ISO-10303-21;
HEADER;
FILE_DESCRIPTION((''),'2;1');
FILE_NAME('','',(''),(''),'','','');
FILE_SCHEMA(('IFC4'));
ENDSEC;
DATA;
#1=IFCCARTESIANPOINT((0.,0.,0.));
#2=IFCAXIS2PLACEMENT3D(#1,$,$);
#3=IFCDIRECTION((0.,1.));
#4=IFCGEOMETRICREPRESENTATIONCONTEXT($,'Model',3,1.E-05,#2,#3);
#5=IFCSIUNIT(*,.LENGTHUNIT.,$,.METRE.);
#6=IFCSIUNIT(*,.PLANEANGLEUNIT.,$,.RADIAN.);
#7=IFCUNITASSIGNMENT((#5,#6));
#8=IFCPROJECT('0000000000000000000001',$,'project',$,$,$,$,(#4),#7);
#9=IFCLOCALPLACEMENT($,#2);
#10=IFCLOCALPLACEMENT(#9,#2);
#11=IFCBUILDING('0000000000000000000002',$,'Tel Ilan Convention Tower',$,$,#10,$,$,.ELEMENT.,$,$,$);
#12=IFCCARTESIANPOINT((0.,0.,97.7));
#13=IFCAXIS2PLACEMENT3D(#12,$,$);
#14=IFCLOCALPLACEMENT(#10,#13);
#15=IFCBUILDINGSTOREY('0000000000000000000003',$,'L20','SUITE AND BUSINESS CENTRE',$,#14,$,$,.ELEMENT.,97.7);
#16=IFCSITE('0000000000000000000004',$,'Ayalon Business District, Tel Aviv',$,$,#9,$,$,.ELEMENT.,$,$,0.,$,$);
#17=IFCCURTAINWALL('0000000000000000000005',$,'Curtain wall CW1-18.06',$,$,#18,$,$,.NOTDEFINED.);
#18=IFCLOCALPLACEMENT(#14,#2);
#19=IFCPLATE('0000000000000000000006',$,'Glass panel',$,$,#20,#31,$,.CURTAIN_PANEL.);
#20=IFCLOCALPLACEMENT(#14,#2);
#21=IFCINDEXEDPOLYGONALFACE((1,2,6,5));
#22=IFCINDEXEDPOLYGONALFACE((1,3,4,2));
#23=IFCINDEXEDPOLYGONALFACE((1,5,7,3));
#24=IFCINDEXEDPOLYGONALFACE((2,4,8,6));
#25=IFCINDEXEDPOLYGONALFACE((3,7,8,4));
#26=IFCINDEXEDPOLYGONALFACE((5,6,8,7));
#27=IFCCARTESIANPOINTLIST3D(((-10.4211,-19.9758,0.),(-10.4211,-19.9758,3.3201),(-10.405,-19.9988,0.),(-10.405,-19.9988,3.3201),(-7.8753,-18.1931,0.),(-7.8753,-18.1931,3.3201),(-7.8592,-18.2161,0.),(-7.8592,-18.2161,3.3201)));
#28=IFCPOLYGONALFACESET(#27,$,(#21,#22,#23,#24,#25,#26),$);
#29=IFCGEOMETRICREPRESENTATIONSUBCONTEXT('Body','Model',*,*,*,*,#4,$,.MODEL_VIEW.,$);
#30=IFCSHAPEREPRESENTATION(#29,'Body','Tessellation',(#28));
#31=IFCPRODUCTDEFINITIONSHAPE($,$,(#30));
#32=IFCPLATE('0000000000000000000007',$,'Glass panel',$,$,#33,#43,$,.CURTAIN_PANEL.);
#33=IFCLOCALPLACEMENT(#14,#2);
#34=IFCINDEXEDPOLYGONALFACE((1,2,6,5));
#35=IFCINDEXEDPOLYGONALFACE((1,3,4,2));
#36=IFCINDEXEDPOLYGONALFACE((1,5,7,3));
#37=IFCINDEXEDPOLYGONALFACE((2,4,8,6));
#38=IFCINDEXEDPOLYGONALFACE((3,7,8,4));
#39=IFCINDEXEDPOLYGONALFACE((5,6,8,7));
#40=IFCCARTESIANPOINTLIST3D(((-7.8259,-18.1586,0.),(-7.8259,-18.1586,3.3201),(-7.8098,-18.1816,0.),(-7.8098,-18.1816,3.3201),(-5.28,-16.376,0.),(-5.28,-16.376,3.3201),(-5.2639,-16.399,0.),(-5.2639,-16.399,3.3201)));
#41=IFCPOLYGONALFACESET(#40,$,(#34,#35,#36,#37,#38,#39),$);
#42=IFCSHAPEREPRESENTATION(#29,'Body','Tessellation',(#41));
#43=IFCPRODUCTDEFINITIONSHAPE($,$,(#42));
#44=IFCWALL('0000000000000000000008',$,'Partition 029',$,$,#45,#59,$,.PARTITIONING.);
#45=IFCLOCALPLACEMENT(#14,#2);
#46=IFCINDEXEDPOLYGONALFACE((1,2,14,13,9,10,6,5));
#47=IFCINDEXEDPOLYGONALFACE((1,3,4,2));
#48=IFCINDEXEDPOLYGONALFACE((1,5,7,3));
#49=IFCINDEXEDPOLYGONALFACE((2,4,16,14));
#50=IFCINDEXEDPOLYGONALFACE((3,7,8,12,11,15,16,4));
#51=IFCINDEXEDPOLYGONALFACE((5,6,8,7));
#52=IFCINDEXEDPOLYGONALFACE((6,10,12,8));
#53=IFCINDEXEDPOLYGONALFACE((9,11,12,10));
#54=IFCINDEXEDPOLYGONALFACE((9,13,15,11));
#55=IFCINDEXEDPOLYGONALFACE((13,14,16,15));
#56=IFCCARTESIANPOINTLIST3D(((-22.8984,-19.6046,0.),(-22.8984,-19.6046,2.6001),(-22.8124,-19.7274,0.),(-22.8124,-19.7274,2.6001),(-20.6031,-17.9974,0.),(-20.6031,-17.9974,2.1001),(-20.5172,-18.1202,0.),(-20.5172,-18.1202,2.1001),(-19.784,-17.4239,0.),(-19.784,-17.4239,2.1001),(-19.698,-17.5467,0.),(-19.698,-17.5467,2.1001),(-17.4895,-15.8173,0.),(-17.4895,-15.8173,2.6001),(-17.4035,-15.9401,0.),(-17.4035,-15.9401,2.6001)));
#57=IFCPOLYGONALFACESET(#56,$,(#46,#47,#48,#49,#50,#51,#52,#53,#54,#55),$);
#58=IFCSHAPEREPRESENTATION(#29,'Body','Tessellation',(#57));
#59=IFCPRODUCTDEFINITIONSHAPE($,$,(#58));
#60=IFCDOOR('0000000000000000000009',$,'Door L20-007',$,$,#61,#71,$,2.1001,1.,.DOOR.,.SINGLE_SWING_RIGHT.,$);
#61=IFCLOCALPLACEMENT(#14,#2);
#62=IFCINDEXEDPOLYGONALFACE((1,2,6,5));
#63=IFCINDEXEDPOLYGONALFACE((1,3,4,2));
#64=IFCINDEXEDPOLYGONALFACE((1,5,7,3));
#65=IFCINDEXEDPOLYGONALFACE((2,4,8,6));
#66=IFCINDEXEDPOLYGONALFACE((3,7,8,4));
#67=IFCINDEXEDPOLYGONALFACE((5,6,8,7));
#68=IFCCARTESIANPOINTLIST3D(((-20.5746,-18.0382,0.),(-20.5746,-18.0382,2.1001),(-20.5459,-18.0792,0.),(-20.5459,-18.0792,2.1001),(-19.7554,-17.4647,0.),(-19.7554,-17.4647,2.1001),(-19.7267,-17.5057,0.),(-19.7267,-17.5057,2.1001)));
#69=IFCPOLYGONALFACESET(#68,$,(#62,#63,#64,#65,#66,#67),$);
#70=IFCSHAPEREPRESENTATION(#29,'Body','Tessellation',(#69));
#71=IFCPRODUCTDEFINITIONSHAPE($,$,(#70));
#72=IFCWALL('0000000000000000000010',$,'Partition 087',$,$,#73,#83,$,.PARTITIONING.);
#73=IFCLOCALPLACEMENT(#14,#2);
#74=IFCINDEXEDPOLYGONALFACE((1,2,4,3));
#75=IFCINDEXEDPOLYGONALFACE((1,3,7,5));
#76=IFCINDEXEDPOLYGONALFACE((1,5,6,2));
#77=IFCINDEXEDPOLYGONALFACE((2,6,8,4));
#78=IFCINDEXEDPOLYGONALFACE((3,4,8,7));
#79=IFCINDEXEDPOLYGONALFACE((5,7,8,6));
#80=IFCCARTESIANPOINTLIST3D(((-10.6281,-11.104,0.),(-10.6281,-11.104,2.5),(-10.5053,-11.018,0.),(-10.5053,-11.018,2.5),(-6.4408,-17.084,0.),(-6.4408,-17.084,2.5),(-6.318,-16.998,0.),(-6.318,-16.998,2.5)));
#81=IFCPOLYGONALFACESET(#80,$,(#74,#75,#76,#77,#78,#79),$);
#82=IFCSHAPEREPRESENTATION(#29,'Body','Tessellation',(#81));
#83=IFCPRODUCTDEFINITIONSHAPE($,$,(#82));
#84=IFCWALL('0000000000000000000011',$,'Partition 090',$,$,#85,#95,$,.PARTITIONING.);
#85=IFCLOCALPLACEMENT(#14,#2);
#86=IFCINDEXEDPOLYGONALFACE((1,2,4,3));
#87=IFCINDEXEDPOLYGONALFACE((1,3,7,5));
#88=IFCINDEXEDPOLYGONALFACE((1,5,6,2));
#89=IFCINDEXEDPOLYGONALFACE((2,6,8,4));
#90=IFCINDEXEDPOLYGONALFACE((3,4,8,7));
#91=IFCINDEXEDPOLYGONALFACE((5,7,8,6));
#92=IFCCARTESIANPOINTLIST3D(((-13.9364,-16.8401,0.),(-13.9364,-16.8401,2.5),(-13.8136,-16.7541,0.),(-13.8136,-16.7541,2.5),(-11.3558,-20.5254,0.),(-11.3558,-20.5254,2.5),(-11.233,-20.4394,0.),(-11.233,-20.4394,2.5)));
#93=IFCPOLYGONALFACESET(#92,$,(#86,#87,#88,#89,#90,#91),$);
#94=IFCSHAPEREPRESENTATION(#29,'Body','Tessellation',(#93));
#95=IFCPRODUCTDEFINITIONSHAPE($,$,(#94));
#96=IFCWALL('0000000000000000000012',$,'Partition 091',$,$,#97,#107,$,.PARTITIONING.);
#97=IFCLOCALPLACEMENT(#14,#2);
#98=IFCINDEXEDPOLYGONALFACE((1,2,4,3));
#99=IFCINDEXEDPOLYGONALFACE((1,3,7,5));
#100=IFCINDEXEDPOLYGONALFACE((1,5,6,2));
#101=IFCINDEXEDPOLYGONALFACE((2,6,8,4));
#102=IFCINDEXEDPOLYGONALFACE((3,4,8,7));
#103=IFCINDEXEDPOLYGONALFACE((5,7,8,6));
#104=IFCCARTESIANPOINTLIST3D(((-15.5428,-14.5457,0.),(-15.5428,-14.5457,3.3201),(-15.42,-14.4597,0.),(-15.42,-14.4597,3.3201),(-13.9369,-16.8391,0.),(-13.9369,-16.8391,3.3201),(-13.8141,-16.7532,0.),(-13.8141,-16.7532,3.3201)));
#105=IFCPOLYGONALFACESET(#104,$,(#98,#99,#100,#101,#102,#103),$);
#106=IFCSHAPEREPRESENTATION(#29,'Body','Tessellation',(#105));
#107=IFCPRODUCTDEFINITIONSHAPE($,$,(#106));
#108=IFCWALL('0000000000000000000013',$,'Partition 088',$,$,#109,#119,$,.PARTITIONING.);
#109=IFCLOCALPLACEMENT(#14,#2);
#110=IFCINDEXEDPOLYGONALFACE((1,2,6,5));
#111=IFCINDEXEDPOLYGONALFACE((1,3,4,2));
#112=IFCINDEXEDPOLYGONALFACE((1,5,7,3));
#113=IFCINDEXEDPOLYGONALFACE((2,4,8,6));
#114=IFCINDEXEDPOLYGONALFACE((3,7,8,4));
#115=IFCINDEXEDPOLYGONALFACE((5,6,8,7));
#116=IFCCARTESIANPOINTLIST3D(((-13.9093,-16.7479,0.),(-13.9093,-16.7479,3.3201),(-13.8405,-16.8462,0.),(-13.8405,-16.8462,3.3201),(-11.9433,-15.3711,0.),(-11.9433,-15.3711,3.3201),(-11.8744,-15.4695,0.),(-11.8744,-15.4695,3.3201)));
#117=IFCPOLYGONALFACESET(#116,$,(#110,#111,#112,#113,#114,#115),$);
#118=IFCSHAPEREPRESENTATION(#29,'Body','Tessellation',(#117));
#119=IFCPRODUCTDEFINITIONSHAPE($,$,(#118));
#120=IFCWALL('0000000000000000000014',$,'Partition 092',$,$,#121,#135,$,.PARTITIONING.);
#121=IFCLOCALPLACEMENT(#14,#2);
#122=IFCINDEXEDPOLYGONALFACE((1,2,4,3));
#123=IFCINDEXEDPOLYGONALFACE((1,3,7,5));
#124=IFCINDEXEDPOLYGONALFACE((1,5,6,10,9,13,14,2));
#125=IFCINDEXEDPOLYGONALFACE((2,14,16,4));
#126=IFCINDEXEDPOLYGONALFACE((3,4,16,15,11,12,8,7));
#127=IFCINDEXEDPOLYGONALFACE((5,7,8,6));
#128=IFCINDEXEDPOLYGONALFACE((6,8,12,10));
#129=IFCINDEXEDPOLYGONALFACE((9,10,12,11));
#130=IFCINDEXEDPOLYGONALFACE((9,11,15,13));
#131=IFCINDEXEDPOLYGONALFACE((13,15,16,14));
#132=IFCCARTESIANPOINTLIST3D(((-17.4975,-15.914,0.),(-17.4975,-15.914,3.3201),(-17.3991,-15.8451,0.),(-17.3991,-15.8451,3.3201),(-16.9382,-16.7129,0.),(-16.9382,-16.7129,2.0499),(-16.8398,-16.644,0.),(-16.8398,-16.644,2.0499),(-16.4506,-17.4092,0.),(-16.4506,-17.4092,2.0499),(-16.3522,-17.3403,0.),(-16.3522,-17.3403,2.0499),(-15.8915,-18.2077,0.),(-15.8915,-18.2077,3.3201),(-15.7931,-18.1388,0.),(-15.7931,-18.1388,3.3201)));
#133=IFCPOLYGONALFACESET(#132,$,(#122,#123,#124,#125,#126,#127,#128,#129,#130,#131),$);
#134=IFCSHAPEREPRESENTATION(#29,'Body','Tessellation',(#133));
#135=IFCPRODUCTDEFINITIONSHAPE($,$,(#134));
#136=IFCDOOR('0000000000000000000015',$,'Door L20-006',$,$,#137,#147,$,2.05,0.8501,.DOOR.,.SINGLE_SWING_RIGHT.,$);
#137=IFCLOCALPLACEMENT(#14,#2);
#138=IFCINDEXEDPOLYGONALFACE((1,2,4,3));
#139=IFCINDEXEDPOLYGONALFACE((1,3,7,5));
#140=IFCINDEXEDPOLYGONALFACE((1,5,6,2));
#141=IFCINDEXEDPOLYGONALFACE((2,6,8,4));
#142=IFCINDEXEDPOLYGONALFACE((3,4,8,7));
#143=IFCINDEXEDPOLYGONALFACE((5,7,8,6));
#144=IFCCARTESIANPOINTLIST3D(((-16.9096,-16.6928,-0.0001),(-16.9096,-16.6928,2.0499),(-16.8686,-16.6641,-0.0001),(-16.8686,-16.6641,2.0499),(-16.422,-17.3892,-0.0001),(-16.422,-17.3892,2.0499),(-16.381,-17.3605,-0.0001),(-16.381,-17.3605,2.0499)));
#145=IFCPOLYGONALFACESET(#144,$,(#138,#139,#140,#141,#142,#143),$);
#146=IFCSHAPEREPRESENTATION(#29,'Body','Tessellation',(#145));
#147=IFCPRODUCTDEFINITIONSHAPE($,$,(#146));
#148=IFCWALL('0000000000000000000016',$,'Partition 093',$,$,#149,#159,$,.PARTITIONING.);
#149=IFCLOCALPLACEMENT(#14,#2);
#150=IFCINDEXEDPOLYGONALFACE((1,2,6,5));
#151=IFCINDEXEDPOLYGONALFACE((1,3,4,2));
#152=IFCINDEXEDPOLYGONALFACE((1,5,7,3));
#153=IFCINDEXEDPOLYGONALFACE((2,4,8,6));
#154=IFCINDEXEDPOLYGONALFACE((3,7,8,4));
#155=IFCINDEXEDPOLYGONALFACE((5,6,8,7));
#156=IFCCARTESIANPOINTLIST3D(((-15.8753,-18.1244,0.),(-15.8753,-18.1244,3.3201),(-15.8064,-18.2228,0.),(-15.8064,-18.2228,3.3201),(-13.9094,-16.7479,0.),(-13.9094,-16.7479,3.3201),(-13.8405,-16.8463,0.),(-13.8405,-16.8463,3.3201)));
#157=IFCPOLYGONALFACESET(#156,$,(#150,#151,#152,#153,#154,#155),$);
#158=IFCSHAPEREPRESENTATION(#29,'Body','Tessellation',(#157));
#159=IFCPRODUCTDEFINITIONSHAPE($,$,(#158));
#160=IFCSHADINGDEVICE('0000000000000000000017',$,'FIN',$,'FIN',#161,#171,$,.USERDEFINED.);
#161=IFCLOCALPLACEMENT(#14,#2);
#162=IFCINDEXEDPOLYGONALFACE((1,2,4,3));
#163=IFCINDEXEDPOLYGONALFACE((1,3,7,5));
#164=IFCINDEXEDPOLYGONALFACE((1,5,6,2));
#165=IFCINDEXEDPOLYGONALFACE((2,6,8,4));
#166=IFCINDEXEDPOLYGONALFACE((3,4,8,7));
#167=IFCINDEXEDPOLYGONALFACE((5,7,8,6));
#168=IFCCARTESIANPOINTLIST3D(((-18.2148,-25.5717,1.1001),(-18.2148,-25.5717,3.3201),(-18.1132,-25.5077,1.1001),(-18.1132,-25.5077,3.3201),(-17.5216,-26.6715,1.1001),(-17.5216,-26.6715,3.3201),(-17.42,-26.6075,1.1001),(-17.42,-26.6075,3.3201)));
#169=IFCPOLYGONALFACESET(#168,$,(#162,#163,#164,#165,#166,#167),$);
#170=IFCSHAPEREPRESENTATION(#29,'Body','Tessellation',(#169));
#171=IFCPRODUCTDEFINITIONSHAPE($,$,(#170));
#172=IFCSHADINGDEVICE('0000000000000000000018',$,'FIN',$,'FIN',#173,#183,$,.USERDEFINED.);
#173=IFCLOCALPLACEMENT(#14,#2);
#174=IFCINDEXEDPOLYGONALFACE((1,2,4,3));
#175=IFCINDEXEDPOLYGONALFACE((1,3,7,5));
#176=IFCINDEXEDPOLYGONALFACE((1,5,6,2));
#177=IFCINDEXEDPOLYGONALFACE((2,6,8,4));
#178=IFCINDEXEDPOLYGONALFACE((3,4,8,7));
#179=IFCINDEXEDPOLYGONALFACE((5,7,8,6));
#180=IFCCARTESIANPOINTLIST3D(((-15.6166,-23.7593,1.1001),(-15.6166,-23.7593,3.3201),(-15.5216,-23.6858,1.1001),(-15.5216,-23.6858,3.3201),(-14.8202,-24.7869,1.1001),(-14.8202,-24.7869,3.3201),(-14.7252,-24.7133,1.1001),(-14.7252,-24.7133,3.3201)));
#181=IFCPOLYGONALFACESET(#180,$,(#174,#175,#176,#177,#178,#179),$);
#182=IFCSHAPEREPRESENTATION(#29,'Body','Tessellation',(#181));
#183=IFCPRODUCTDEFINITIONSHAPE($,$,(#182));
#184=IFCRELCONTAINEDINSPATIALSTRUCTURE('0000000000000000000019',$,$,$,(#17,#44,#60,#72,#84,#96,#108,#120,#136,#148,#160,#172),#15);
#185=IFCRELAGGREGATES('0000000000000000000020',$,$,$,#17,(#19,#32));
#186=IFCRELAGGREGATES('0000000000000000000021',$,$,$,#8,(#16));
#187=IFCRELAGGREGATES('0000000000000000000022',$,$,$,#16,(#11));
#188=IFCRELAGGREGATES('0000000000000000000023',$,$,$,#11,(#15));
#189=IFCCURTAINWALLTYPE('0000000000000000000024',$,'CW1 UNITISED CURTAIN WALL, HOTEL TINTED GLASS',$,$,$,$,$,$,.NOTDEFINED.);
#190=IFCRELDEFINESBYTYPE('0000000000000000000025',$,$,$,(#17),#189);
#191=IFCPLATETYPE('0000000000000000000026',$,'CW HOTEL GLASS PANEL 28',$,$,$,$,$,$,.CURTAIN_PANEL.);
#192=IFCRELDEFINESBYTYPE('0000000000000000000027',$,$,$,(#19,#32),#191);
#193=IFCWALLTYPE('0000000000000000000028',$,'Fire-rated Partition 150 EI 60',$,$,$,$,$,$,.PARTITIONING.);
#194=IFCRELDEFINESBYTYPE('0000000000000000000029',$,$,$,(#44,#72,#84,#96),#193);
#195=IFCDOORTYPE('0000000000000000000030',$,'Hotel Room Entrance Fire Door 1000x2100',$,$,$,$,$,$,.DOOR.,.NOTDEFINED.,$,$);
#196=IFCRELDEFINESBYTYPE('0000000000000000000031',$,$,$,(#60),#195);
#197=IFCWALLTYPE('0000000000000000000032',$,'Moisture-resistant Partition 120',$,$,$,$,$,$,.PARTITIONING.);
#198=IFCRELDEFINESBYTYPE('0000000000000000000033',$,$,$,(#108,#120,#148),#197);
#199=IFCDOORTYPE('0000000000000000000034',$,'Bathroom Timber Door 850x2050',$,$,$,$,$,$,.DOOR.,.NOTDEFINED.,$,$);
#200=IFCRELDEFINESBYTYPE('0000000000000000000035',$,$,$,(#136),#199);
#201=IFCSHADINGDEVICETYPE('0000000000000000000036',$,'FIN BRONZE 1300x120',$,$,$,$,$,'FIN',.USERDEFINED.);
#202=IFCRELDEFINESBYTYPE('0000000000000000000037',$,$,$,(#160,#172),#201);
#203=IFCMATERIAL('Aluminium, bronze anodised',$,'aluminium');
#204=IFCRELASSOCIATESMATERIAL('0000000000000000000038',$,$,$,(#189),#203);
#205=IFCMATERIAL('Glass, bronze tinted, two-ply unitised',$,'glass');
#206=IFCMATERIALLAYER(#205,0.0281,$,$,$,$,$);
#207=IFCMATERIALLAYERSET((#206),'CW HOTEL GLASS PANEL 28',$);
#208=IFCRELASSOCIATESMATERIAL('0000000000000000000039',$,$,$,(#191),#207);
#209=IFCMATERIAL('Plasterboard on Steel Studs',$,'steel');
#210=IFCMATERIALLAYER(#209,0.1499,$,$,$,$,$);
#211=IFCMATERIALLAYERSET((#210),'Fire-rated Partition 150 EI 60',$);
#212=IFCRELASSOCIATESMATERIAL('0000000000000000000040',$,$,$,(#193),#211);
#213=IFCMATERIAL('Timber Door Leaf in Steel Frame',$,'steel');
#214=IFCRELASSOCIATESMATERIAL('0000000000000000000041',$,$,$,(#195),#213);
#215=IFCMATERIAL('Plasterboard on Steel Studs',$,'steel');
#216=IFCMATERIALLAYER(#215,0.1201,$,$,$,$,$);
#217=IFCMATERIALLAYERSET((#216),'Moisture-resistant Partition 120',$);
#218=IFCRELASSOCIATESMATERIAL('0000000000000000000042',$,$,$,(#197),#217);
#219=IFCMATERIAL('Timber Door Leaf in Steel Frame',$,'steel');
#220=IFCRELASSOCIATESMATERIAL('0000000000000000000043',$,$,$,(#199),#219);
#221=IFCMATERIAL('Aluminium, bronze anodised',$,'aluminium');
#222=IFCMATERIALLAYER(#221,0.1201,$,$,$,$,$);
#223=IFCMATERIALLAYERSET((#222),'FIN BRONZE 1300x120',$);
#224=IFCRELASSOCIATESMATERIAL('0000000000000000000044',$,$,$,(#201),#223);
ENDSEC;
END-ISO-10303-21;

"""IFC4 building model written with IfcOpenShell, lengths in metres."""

from ifc_helpers import new_model, si_unit, direction, frame, frame_2d, origin, origin_2d, place, context, subcontext, project, spatial, rectangle, extrude, material, layer, layer_set, type_object, element, fill, aggregate, save


model = new_model("IFC4")

# Units and contexts
model_context = context("Model", 3, precision=1e-05, world=origin(), true_north=direction((0.0, 1.0)))
body_context = subcontext(model_context, "Body", "Model", "MODEL_VIEW")
ifc_project = project(units=[si_unit("LENGTHUNIT", "METRE"), si_unit("PLANEANGLEUNIT", "RADIAN")], contexts=[model_context])

# Site, building, storey
site_placement = place(None, origin())
site = spatial("IfcSite", under=ifc_project, at=site_placement, Name="Ayalon Business District, Tel Aviv", CompositionType="ELEMENT", RefElevation=0.0)
building_placement = place(site_placement, origin())
building = spatial("IfcBuilding", under=site, at=building_placement, Name="Tel Ilan Convention Tower", CompositionType="ELEMENT")
storey_placement = place(building_placement, frame((0.0, 0.0, 97.7)))
storey = spatial("IfcBuildingStorey", under=building, at=storey_placement, Name="L20", Description="SUITE AND BUSINESS CENTRE", CompositionType="ELEMENT", Elevation=97.7)

# Curtain wall, plates
ifc_material_1 = material(Name="Aluminium, bronze anodised", Category="aluminium")
curtain_wall_type = type_object("IfcCurtainWallType", Name="CW1 UNITISED CURTAIN WALL, HOTEL TINTED GLASS", PredefinedType="NOTDEFINED", material=ifc_material_1)
curtain_wall_placement = place(storey_placement, origin())
curtain_wall = element("IfcCurtainWall", 1, at=curtain_wall_placement, inside=storey, type_object=curtain_wall_type, Name="Curtain wall CW1-18.06", PredefinedType="NOTDEFINED")
ifc_material_2 = material(Name="Glass, bronze tinted, two-ply unitised", Category="glass")
ifc_layer_1 = layer(ifc_material_2, 0.0281)
ifc_layer_set_1 = layer_set([ifc_layer_1], Name="CW HOTEL GLASS PANEL 28")
plate_type = type_object("IfcPlateType", Name="CW HOTEL GLASS PANEL 28", PredefinedType="CURTAIN_PANEL", material=ifc_layer_set_1)
plate_1_placement = place(storey_placement, frame((-9.1401, -19.0959, 0.0), z_axis=(0.0, 0.0, 1.0), x_axis=(0.819152, 0.573576, 0.0)))
plate_1 = element("IfcPlate", 2, at=plate_1_placement, type_object=plate_type, Name="Glass panel", PredefinedType="CURTAIN_PANEL", context=body_context, shape_type="SweptSolid", body=[
    extrude(rectangle(XDim=3.1079, YDim=0.0281, at=origin_2d()), origin(), (0.0, 0.0, 1.0), 3.3201),
])
plate_2_placement = place(storey_placement, frame((-6.5449, -17.2788, 0.0), z_axis=(0.0, 0.0, 1.0), x_axis=(0.819152, 0.573576, 0.0)))
plate_2 = element("IfcPlate", 3, at=plate_2_placement, type_object=plate_type, Name="Glass panel", PredefinedType="CURTAIN_PANEL", context=body_context, shape_type="SweptSolid", body=[
    extrude(rectangle(XDim=3.1079, YDim=0.0281, at=origin_2d()), origin(), (0.0, 0.0, 1.0), 3.3201),
])
aggregate(curtain_wall, [plate_1, plate_2])

# Wall, opening, door
ifc_material_3 = material(Name="Plasterboard on Steel Studs", Category="steel")
ifc_layer_2 = layer(ifc_material_3, 0.1499)
ifc_layer_set_2 = layer_set([ifc_layer_2], Name="Fire-rated Partition 150 EI 60")
wall_type_1 = type_object("IfcWallType", Name="Fire-rated Partition 150 EI 60", PredefinedType="PARTITIONING", material=ifc_layer_set_2)
wall_1_placement = place(storey_placement, frame((-17.4465, -15.8787, 0.0), z_axis=(0.0, 0.0, 1.0), x_axis=(-0.819154, -0.573574, 0.0)))
wall_1 = element("IfcWall", 4, at=wall_1_placement, inside=storey, type_object=wall_type_1, Name="Partition 029", PredefinedType="PARTITIONING", context=body_context, shape_type="SweptSolid", body=[
    extrude(rectangle(XDim=6.603, YDim=0.1499, at=frame_2d((3.3015, 0.0))), origin(), (0.0, 0.0, 1.0), 2.6001),
])
opening_1_placement = place(wall_1_placement, frame((2.801, 0.0, 0.0)))
opening_1 = element("IfcOpeningElement", 5, at=opening_1_placement, cuts=wall_1, PredefinedType="OPENING", context=body_context, shape_type="SweptSolid", body=[
    extrude(rectangle(XDim=1.0, YDim=2.1001, at=frame_2d((0.5, 1.05))), frame((0.0, 0.085, 0.0), z_axis=(0.0, -1.0, 0.0), x_axis=(1.0, 0.0, 0.0)), (0.0, 0.0, 1.0), 0.1699),
])
ifc_material_4 = material(Name="Timber Door Leaf in Steel Frame", Category="steel")
door_type_1 = type_object("IfcDoorType", Name="Hotel Room Entrance Fire Door 1000x2100", OperationType="NOTDEFINED", PredefinedType="DOOR", material=ifc_material_4)
door_1_placement = place(opening_1_placement, origin())
door_1 = element("IfcDoor", 6, at=door_1_placement, inside=storey, type_object=door_type_1, Name="Door L20-007", OperationType="SINGLE_SWING_RIGHT", OverallHeight=2.1001, OverallWidth=1.0, PredefinedType="DOOR", context=body_context, shape_type="SweptSolid", body=[
    extrude(rectangle(XDim=1.0, YDim=2.1001, at=frame_2d((0.5, 1.05))), frame((0.0, 0.0249, 0.0), z_axis=(0.0, -1.0, 0.0), x_axis=(1.0, 0.0, 0.0)), (0.0, 0.0, 1.0), 0.05),
])
fill(opening_1, door_1)

# Walls
wall_2_placement = place(storey_placement, frame((-6.3794, -17.041, 0.0), z_axis=(0.0, 0.0, 1.0), x_axis=(-0.573579, 0.81915, 0.0)))
element("IfcWall", 7, at=wall_2_placement, inside=storey, type_object=wall_type_1, Name="Partition 087", PredefinedType="PARTITIONING", context=body_context, shape_type="SweptSolid", body=[
    extrude(rectangle(XDim=7.3003, YDim=0.1499, at=frame_2d((3.6501, 0.0))), origin(), (0.0, 0.0, 1.0), 2.5),
])
wall_3_placement = place(storey_placement, frame((-11.2944, -20.4824, 0.0), z_axis=(0.0, 0.0, 1.0), x_axis=(-0.57359, 0.819143, 0.0)))
element("IfcWall", 8, at=wall_3_placement, inside=storey, type_object=wall_type_1, Name="Partition 090", PredefinedType="PARTITIONING", context=body_context, shape_type="SweptSolid", body=[
    extrude(rectangle(XDim=4.499, YDim=0.1499, at=frame_2d((2.2495, 0.0))), origin(), (0.0, 0.0, 1.0), 2.5),
])
wall_4_placement = place(storey_placement, frame((-13.8755, -16.7961, 0.0), z_axis=(0.0, 0.0, 1.0), x_axis=(-0.573591, 0.819142, 0.0)))
element("IfcWall", 9, at=wall_4_placement, inside=storey, type_object=wall_type_1, Name="Partition 091", PredefinedType="PARTITIONING", context=body_context, shape_type="SweptSolid", body=[
    extrude(rectangle(XDim=2.7998, YDim=0.1499, at=frame_2d((1.3999, 0.0))), origin(), (0.0, 0.0, 1.0), 3.3201),
])
ifc_material_5 = material(Name="Plasterboard on Steel Studs", Category="steel")
ifc_layer_3 = layer(ifc_material_5, 0.1201)
ifc_layer_set_3 = layer_set([ifc_layer_3], Name="Moisture-resistant Partition 120")
wall_type_2 = type_object("IfcWallType", Name="Moisture-resistant Partition 120", PredefinedType="PARTITIONING", material=ifc_layer_set_3)
wall_5_placement = place(storey_placement, frame((-13.875, -16.7971, 0.0), z_axis=(0.0, 0.0, 1.0), x_axis=(0.819141, 0.573592, 0.0)))
element("IfcWall", 10, at=wall_5_placement, inside=storey, type_object=wall_type_2, Name="Partition 088", PredefinedType="PARTITIONING", context=body_context, shape_type="SweptSolid", body=[
    extrude(rectangle(XDim=2.4001, YDim=0.1201, at=frame_2d((1.2002, 0.0))), origin(), (0.0, 0.0, 1.0), 3.3201),
])

# Wall, opening, door
wall_6_placement = place(storey_placement, frame((-17.4482, -15.8796, 0.0), z_axis=(0.0, 0.0, 1.0), x_axis=(0.57355, -0.81917, 0.0)))
wall_6 = element("IfcWall", 11, at=wall_6_placement, inside=storey, type_object=wall_type_2, Name="Partition 092", PredefinedType="PARTITIONING", context=body_context, shape_type="SweptSolid", body=[
    extrude(rectangle(XDim=2.8, YDim=0.1201, at=frame_2d((1.3999, 0.0))), origin(), (0.0, 0.0, 1.0), 3.3201),
])
opening_2_placement = place(wall_6_placement, frame((0.9751, 0.0, 0.0)))
opening_2 = element("IfcOpeningElement", 12, at=opening_2_placement, cuts=wall_6, PredefinedType="OPENING", context=body_context, shape_type="SweptSolid", body=[
    extrude(rectangle(XDim=0.8501, YDim=2.05, at=frame_2d((0.425, 1.0249))), frame((0.0, 0.0701, 0.0), z_axis=(0.0, -1.0, 0.0), x_axis=(1.0, 0.0, 0.0)), (0.0, 0.0, 1.0), 0.1401),
])
ifc_material_6 = material(Name="Timber Door Leaf in Steel Frame", Category="steel")
door_type_2 = type_object("IfcDoorType", Name="Bathroom Timber Door 850x2050", OperationType="NOTDEFINED", PredefinedType="DOOR", material=ifc_material_6)
door_2_placement = place(opening_2_placement, origin())
door_2 = element("IfcDoor", 13, at=door_2_placement, inside=storey, type_object=door_type_2, Name="Door L20-006", OperationType="SINGLE_SWING_RIGHT", OverallHeight=2.05, OverallWidth=0.8501, PredefinedType="DOOR", context=body_context, shape_type="SweptSolid", body=[
    extrude(rectangle(XDim=0.8501, YDim=2.05, at=frame_2d((0.425, 1.0249))), frame((0.0, 0.0249, 0.0), z_axis=(0.0, -1.0, 0.0), x_axis=(1.0, 0.0, 0.0)), (0.0, 0.0, 1.0), 0.05),
])
fill(opening_2, door_2)

# Wall
wall_7_placement = place(storey_placement, frame((-15.8408, -18.1736, 0.0), z_axis=(0.0, 0.0, 1.0), x_axis=(0.819155, 0.573572, 0.0)))
element("IfcWall", 14, at=wall_7_placement, inside=storey, type_object=wall_type_2, Name="Partition 093", PredefinedType="PARTITIONING", context=body_context, shape_type="SweptSolid", body=[
    extrude(rectangle(XDim=2.3999, YDim=0.1201, at=frame_2d((1.2, 0.0))), origin(), (0.0, 0.0, 1.0), 3.3201),
])

# Shading devices
ifc_material_7 = material(Name="Aluminium, bronze anodised", Category="aluminium")
ifc_layer_4 = layer(ifc_material_7, 0.1201)
ifc_layer_set_4 = layer_set([ifc_layer_4], Name="FIN BRONZE 1300x120")
shading_device_type = type_object("IfcShadingDeviceType", Name="FIN BRONZE 1300x120", ElementType="FIN", PredefinedType="USERDEFINED", material=ifc_layer_set_4)
for number, where, z_axis, x_axis, name in (
    (15, (-17.8174, -26.0896, 1.1001), (0.0, 0.0, 1.0), (0.533204, -0.845986, 0.0), "FIN"),
    (16, (-15.1709, -24.2363, 1.1001), (0.0, 0.0, 1.0), (0.612601, -0.790393, 0.0), "FIN"),
):
    element("IfcShadingDevice", number, at=place(storey_placement, frame(where, z_axis=z_axis, x_axis=x_axis)), inside=storey, type_object=shading_device_type, Name=name, ObjectType="FIN", PredefinedType="USERDEFINED", context=body_context, shape_type="SweptSolid", body=[
        extrude(rectangle(XDim=1.3, YDim=0.1201, at=origin_2d()), origin(), (0.0, 0.0, 1.0), 2.22),
    ])

save(model, "model.ifc")
